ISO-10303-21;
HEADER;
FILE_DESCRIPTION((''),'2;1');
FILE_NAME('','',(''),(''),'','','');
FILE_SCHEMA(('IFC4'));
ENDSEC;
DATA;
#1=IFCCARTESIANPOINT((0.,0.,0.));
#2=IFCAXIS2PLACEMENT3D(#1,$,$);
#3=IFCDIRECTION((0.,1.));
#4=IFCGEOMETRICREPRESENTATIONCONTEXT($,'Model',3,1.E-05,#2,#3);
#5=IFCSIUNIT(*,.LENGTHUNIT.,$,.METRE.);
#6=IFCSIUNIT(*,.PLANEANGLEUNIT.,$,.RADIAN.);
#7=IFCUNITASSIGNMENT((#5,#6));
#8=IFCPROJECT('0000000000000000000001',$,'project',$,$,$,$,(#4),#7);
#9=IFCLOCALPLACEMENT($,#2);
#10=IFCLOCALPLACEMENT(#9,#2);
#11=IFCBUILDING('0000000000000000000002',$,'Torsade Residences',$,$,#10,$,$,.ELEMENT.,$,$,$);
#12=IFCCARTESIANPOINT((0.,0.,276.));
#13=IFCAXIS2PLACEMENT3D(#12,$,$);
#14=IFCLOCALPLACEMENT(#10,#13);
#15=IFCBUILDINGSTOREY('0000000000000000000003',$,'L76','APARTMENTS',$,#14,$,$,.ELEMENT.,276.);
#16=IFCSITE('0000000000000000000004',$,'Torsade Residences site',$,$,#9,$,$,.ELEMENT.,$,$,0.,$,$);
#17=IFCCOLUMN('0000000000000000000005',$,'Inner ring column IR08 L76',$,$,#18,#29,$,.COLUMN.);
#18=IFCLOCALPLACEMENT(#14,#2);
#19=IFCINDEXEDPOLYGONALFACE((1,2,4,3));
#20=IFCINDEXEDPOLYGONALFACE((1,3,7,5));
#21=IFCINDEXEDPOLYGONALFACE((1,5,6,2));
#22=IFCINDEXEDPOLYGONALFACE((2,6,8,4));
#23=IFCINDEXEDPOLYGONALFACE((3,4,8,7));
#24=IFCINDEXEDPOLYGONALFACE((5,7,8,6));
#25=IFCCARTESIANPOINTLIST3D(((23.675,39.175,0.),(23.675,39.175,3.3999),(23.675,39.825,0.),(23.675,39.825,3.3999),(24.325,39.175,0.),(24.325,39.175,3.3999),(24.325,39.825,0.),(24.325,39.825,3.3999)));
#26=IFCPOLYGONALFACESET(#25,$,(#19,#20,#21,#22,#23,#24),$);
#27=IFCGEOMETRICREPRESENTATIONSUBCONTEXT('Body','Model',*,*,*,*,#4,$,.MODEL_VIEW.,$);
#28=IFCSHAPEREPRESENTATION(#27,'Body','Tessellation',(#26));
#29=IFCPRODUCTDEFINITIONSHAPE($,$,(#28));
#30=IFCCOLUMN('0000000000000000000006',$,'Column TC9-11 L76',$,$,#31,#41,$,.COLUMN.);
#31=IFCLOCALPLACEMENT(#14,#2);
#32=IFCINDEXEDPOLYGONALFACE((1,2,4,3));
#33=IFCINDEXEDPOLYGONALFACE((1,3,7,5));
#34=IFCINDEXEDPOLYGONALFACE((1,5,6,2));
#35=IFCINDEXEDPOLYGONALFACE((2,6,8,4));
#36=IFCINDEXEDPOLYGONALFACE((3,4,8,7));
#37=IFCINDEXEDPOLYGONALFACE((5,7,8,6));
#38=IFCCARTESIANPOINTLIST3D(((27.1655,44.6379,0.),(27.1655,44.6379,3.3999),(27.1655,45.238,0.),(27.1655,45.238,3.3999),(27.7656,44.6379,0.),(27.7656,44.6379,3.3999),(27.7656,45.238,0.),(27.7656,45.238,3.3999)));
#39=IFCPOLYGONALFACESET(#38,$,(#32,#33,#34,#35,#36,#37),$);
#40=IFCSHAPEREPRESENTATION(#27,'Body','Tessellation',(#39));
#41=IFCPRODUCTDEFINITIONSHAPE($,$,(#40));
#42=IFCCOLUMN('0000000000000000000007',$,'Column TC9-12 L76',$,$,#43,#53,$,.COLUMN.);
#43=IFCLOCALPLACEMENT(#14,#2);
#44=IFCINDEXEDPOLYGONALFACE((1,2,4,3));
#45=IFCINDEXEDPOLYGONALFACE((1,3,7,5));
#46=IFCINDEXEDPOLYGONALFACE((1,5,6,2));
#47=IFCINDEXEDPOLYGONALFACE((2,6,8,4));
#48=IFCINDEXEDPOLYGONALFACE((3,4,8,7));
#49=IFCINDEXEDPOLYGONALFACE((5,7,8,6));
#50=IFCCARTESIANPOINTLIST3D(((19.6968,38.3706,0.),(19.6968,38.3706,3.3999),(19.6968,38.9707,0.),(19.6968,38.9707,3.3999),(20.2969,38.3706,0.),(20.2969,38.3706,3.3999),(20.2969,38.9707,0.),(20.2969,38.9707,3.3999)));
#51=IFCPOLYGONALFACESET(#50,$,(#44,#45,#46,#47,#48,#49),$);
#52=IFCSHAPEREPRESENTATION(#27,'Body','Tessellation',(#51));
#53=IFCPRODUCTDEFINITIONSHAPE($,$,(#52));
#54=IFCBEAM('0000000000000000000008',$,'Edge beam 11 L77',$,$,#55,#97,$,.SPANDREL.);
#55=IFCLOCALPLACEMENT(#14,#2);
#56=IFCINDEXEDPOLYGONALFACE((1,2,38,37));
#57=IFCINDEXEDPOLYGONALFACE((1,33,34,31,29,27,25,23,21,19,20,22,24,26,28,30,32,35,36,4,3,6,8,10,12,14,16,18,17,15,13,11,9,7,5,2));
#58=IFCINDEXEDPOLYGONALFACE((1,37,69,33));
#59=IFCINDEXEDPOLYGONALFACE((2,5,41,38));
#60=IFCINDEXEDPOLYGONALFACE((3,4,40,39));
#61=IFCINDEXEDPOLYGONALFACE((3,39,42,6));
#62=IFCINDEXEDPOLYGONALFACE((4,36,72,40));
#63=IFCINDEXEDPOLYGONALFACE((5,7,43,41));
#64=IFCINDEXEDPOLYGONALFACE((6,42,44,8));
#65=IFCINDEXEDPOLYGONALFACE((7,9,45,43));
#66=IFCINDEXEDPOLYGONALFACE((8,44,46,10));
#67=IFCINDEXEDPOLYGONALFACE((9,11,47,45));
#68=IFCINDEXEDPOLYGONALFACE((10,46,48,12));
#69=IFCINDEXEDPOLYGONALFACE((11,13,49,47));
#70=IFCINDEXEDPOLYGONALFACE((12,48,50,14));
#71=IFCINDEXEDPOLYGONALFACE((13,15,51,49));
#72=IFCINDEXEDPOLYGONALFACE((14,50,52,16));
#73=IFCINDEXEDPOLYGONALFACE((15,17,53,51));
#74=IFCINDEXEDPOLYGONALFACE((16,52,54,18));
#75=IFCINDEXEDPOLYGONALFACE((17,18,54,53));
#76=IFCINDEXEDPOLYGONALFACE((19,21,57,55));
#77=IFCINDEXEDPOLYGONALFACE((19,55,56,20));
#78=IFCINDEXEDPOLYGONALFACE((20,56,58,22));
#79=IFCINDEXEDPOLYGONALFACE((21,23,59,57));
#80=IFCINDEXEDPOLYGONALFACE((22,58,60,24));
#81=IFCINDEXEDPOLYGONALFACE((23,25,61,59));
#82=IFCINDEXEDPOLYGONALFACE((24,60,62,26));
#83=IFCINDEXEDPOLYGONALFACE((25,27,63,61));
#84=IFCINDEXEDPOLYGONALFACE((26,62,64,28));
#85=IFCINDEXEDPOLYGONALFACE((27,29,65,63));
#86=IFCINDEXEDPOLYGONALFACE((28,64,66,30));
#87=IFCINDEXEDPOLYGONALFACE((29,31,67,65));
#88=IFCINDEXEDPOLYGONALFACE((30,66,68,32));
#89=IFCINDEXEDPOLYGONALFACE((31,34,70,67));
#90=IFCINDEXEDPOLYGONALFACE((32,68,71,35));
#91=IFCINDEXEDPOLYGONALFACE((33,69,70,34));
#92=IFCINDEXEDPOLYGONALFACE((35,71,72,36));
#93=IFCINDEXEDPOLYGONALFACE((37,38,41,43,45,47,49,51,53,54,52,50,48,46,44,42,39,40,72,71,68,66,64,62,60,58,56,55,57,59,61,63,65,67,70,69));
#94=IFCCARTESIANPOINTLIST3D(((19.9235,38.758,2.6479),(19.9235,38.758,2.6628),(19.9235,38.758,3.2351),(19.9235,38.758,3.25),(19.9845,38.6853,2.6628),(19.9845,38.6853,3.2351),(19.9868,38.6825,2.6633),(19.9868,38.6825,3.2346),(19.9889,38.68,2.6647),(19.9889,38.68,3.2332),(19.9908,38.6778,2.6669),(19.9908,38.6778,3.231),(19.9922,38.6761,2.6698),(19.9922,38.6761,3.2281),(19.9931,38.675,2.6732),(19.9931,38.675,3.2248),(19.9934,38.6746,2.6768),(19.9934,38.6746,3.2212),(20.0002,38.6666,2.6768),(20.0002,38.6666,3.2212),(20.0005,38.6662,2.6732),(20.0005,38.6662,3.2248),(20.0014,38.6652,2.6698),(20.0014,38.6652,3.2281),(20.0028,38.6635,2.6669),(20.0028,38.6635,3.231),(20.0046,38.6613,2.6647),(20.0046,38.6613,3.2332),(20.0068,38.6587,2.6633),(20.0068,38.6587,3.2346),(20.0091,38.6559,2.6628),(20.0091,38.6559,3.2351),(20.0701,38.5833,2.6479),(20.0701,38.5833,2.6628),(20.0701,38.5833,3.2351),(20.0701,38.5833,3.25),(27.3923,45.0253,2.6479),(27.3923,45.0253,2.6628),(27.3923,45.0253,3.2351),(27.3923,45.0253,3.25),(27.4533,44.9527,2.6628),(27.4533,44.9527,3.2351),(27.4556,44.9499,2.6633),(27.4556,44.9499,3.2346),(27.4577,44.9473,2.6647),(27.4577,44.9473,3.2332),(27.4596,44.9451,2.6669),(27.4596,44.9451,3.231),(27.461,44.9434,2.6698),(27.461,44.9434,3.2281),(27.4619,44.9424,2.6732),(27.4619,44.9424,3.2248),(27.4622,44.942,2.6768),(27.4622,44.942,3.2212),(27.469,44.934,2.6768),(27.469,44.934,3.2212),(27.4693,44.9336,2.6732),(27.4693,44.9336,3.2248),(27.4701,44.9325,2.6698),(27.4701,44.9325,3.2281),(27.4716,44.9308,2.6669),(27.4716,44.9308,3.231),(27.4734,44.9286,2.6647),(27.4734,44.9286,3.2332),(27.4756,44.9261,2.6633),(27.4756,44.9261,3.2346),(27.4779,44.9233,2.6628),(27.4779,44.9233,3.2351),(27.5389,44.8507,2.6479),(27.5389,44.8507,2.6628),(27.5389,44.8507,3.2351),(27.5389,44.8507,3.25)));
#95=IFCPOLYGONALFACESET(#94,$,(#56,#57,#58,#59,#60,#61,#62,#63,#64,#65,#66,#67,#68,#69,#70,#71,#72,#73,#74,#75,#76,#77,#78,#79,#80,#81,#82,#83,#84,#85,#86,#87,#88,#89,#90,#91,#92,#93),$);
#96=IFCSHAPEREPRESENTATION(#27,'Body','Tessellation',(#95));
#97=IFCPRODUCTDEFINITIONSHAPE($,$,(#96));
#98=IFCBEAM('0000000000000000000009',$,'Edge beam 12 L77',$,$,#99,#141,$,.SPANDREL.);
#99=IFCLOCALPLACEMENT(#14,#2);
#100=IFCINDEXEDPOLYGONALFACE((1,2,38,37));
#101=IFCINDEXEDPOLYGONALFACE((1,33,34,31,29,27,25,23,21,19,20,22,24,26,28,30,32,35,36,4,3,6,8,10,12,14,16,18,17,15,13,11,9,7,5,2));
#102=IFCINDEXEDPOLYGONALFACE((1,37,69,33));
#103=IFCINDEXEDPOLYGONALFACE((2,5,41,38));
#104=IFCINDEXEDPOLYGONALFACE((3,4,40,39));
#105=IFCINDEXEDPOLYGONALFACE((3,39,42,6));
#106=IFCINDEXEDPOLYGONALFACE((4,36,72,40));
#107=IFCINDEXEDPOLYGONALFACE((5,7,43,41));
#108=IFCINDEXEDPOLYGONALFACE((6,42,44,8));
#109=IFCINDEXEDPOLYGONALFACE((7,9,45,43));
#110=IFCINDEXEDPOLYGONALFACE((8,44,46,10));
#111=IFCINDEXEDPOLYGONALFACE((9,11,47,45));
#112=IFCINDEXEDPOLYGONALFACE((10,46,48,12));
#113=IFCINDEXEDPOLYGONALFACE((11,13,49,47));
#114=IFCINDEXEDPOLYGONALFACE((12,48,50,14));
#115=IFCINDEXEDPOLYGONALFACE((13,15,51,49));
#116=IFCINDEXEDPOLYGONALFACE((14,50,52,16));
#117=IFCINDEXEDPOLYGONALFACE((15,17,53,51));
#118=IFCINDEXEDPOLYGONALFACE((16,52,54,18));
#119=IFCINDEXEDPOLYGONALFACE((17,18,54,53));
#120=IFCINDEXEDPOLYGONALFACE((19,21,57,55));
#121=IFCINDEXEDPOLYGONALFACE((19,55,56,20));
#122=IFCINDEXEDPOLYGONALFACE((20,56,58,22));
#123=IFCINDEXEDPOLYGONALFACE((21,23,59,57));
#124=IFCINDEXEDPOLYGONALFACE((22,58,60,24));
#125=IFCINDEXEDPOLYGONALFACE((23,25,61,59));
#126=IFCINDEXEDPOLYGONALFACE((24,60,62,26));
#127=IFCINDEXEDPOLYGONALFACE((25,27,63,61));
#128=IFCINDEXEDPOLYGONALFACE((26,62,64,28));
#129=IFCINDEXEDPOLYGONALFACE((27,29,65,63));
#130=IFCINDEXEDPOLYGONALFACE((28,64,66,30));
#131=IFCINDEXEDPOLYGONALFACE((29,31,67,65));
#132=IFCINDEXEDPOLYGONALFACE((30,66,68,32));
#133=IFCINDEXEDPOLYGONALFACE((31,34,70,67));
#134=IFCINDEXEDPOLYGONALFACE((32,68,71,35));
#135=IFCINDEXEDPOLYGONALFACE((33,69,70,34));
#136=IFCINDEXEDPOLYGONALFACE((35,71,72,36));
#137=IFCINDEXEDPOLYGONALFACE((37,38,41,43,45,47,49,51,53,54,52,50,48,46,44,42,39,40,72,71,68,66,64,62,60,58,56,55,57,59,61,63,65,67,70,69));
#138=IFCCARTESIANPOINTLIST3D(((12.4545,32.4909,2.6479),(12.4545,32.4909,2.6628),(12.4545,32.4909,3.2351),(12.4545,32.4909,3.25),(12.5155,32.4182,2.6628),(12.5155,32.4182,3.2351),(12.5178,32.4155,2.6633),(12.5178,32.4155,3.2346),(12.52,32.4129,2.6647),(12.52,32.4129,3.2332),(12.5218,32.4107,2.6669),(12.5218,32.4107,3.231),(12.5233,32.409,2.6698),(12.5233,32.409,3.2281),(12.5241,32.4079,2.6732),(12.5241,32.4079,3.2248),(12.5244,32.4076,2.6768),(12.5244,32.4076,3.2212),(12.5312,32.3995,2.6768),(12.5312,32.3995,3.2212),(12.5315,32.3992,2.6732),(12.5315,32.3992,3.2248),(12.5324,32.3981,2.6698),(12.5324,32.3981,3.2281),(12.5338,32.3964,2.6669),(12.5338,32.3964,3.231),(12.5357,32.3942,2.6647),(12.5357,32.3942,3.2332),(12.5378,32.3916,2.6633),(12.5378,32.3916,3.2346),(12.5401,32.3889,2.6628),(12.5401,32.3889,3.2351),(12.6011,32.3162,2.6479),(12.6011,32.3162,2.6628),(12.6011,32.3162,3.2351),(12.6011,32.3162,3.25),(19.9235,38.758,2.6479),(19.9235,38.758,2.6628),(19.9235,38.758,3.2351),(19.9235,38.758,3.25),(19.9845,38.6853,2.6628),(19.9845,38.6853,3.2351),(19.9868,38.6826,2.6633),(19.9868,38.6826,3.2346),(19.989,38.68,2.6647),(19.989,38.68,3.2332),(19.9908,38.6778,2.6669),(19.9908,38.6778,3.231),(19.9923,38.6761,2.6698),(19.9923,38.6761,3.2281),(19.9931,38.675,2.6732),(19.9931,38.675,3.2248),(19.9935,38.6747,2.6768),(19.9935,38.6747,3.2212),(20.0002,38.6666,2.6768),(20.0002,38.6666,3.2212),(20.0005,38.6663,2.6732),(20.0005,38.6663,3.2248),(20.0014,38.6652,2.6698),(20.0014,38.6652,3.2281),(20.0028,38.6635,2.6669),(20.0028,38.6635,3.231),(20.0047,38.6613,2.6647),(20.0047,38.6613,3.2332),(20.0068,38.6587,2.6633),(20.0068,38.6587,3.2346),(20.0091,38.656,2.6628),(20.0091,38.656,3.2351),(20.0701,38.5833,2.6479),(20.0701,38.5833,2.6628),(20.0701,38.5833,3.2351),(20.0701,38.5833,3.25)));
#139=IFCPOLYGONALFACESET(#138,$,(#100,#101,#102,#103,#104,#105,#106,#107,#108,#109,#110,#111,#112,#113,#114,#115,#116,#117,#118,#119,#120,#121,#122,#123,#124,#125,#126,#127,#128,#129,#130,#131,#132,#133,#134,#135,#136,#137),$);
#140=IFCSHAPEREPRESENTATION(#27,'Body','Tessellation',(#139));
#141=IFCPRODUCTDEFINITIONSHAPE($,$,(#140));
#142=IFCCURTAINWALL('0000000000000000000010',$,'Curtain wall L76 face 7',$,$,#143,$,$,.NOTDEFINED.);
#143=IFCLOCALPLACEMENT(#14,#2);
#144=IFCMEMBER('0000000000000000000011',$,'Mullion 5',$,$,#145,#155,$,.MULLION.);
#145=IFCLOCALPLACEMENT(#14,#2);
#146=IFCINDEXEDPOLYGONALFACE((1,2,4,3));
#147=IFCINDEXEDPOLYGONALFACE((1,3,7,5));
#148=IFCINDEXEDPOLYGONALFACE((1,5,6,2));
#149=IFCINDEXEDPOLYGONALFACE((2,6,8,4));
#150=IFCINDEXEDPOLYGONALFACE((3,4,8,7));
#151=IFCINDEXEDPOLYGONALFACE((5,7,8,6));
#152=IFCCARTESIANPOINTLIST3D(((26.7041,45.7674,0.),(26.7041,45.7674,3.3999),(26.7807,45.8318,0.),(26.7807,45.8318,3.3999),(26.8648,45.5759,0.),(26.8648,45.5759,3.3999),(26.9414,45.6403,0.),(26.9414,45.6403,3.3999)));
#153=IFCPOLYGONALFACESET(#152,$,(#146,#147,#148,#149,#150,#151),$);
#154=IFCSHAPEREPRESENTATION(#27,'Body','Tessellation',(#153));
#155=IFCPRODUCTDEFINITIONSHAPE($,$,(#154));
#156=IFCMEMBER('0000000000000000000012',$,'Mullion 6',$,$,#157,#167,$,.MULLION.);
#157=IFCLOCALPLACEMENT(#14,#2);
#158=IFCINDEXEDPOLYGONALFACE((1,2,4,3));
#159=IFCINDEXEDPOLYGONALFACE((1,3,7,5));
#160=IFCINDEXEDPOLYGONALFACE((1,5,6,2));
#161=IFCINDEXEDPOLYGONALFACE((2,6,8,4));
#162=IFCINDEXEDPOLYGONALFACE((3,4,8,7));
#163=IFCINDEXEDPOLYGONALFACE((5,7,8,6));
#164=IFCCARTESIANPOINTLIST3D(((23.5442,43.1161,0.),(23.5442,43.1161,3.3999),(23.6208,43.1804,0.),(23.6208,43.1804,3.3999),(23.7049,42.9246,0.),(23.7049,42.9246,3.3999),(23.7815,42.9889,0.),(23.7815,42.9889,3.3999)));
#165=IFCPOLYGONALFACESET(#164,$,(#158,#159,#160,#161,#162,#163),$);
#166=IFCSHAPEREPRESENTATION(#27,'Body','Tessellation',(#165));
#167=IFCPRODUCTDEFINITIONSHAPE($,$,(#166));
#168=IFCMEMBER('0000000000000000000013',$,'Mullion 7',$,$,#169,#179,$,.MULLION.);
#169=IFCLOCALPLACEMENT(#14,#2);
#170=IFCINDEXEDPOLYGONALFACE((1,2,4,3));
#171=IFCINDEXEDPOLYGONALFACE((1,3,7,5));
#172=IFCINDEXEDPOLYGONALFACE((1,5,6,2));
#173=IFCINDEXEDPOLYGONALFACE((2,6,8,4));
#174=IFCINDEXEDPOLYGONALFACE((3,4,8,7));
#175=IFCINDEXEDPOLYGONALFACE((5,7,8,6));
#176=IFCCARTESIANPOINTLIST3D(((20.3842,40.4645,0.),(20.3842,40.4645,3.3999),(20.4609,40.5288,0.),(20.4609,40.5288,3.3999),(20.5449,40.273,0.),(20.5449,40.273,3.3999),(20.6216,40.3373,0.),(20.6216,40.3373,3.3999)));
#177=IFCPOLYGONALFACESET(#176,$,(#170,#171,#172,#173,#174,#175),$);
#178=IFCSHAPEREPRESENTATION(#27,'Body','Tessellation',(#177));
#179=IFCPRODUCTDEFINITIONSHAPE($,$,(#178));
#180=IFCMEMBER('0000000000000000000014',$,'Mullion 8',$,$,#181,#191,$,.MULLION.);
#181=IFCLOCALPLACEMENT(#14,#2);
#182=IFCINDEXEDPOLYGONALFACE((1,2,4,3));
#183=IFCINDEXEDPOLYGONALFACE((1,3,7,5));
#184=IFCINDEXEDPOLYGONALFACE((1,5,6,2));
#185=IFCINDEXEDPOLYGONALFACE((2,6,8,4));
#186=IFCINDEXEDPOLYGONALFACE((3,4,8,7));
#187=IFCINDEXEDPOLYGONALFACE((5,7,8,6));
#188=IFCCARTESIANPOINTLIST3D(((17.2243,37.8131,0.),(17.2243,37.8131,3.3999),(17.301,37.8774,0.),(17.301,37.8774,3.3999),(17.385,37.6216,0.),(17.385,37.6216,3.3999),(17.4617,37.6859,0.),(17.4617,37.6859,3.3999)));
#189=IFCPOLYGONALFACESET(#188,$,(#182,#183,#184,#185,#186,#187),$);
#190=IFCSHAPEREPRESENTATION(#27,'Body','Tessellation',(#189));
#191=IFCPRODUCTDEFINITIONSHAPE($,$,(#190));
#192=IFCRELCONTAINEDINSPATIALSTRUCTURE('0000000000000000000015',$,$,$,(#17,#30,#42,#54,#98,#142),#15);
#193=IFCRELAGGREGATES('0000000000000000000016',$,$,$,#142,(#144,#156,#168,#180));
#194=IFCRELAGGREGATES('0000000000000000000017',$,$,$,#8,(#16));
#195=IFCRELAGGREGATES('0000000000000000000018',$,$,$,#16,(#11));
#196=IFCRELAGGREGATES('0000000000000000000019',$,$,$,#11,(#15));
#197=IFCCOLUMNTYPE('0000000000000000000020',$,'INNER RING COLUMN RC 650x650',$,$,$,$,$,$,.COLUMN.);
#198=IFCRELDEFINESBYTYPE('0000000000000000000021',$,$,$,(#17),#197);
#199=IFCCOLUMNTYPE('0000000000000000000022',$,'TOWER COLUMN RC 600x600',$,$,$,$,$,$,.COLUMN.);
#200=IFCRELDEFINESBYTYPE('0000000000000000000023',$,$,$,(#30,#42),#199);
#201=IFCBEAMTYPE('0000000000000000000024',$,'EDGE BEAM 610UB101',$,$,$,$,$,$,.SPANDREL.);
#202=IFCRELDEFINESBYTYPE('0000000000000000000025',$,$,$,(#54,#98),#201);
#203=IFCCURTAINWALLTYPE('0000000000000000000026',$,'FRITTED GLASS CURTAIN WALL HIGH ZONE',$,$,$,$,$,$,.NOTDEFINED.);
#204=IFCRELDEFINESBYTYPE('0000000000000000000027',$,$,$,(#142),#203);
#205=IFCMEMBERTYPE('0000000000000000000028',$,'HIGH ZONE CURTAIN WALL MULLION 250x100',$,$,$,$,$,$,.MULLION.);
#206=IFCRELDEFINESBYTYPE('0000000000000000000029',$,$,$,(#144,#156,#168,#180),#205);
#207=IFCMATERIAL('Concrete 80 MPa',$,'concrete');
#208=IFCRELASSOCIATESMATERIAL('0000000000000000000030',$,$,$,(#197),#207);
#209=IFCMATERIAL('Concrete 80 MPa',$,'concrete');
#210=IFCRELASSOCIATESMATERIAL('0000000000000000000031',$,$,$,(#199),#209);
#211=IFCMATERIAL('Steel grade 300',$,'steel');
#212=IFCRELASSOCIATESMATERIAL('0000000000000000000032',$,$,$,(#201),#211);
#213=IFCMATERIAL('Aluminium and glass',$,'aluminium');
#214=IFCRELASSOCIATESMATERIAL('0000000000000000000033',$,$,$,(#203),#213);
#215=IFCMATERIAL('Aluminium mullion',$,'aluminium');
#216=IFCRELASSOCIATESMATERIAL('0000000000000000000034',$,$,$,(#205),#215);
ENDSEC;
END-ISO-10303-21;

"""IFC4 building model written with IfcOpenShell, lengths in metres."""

from ifc_helpers import new_model, si_unit, direction, frame, origin, origin_2d, place, context, subcontext, project, spatial, rectangle, i_section, extrude, material, material_profile, profile_set, type_object, element, aggregate, save


model = new_model("IFC4")

# Units and contexts
model_context = context("Model", 3, precision=1e-05, world=origin(), true_north=direction((0.0, 1.0)))
body_context = subcontext(model_context, "Body", "Model", "MODEL_VIEW")
ifc_project = project(units=[si_unit("LENGTHUNIT", "METRE"), si_unit("PLANEANGLEUNIT", "RADIAN")], contexts=[model_context])

# Site, building, storey
site_placement = place(None, origin())
site = spatial("IfcSite", under=ifc_project, at=site_placement, Name="Torsade Residences site", CompositionType="ELEMENT", RefElevation=0.0)
building_placement = place(site_placement, origin())
building = spatial("IfcBuilding", under=site, at=building_placement, Name="Torsade Residences", CompositionType="ELEMENT")
storey_placement = place(building_placement, frame((0.0, 0.0, 276.0)))
storey = spatial("IfcBuildingStorey", under=building, at=storey_placement, Name="L76", Description="APARTMENTS", CompositionType="ELEMENT", Elevation=276.0)

# Columns
ifc_material_1 = material(Name="Concrete 80 MPa", Category="concrete")
ifc_material_profile_1 = material_profile(ifc_material_1, rectangle(XDim=0.6499, YDim=0.6499, at=origin_2d()), Name="RC 650x650")
ifc_profile_set_1 = profile_set([ifc_material_profile_1], Name="Concrete 80 MPa")
column_type_1 = type_object("IfcColumnType", Name="INNER RING COLUMN RC 650x650", PredefinedType="COLUMN", material=ifc_profile_set_1)
column_placement = place(storey_placement, frame((24.0, 39.5, 0.0), z_axis=(0.0, 0.0, 1.0), x_axis=(1.0, 0.0, 0.0)))
element("IfcColumn", 1, at=column_placement, inside=storey, type_object=column_type_1, Name="Inner ring column IR08 L76", PredefinedType="COLUMN", context=body_context, shape_type="SweptSolid", body=[
    extrude(rectangle(XDim=0.6499, YDim=0.6499, at=origin_2d()), origin(), (0.0, 0.0, 1.0), 3.3999),
])
ifc_material_2 = material(Name="Concrete 80 MPa", Category="concrete")
ifc_material_profile_2 = material_profile(ifc_material_2, rectangle(XDim=0.6001, YDim=0.6001, at=origin_2d()), Name="RC 600x600")
ifc_profile_set_2 = profile_set([ifc_material_profile_2], Name="Concrete 80 MPa")
column_type_2 = type_object("IfcColumnType", Name="TOWER COLUMN RC 600x600", PredefinedType="COLUMN", material=ifc_profile_set_2)
for number, where, z_axis, x_axis, name in (
    (2, (27.4656, 44.938, 0.0), (0.0, 0.0, 1.0), (1.0, 0.0, 0.0), "Column TC9-11 L76"),
    (3, (19.9968, 38.6707, 0.0), (0.0, 0.0, 1.0), (1.0, 0.0, 0.0), "Column TC9-12 L76"),
):
    element("IfcColumn", number, at=place(storey_placement, frame(where, z_axis=z_axis, x_axis=x_axis)), inside=storey, type_object=column_type_2, Name=name, PredefinedType="COLUMN", context=body_context, shape_type="SweptSolid", body=[
        extrude(rectangle(XDim=0.6001, YDim=0.6001, at=origin_2d()), origin(), (0.0, 0.0, 1.0), 3.3999),
    ])

# Beams
ifc_material_3 = material(Name="Steel grade 300", Category="steel")
ifc_material_profile_3 = material_profile(ifc_material_3, i_section(OverallWidth=0.228, OverallDepth=0.6021, WebThickness=0.0105, FlangeThickness=0.0149, FilletRadius=0.0139, at=origin_2d()), Name="610UB101")
ifc_profile_set_3 = profile_set([ifc_material_profile_3], Name="Steel grade 300")
beam_type_1 = type_object("IfcBeamType", Name="EDGE BEAM 610UB101", PredefinedType="SPANDREL", material=ifc_profile_set_3)
for number, where, z_axis, x_axis, name in (
    (4, (27.4656, 44.938, 2.949), (-0.766029, -0.642806, 0.0), (0.642806, -0.766029, 0.0), "Edge beam 11 L77"),
    (5, (19.9968, 38.6707, 2.949), (-0.766052, -0.642779, 0.0), (0.642779, -0.766052, 0.0), "Edge beam 12 L77"),
):
    element("IfcBeam", number, at=place(storey_placement, frame(where, z_axis=z_axis, x_axis=x_axis)), inside=storey, type_object=beam_type_1, Name=name, PredefinedType="SPANDREL", context=body_context, shape_type="SweptSolid", body=[
        extrude(i_section(OverallWidth=0.228, OverallDepth=0.6021, WebThickness=0.0105, FlangeThickness=0.0149, FilletRadius=0.0139, at=origin_2d()), origin(), (0.0, 0.0, 1.0), 9.75),
    ])

# Curtain wall, members
ifc_material_4 = material(Name="Aluminium and glass", Category="aluminium")
curtain_wall_type = type_object("IfcCurtainWallType", Name="FRITTED GLASS CURTAIN WALL HIGH ZONE", PredefinedType="NOTDEFINED", material=ifc_material_4)
curtain_wall_placement = place(storey_placement, origin())
curtain_wall = element("IfcCurtainWall", 6, at=curtain_wall_placement, inside=storey, type_object=curtain_wall_type, Name="Curtain wall L76 face 7", PredefinedType="NOTDEFINED")
ifc_material_5 = material(Name="Aluminium mullion", Category="aluminium")
ifc_material_profile_4 = material_profile(ifc_material_5, rectangle(XDim=0.25, YDim=0.1001, at=origin_2d()), Name="HIGH ZONE CURTAIN WALL MULLION 250x100")
ifc_profile_set_4 = profile_set([ifc_material_profile_4], Name="Aluminium mullion")
member_type_1 = type_object("IfcMemberType", Name="HIGH ZONE CURTAIN WALL MULLION 250x100", PredefinedType="MULLION", material=ifc_profile_set_4)
member_1_placement = place(storey_placement, frame((26.8228, 45.7039, 0.0), z_axis=(0.0, 0.0, 1.0), x_axis=(0.642788, -0.766044, 0.0)))
member_1 = element("IfcMember", 7, at=member_1_placement, type_object=member_type_1, Name="Mullion 5", PredefinedType="MULLION", context=body_context, shape_type="SweptSolid", body=[
    extrude(rectangle(XDim=0.25, YDim=0.1001, at=origin_2d()), origin(), (0.0, 0.0, 1.0), 3.3999),
])
member_2_placement = place(storey_placement, frame((23.6628, 43.0525, 0.0), z_axis=(0.0, 0.0, 1.0), x_axis=(0.642788, -0.766044, 0.0)))
member_2 = element("IfcMember", 8, at=member_2_placement, type_object=member_type_1, Name="Mullion 6", PredefinedType="MULLION", context=body_context, shape_type="SweptSolid", body=[
    extrude(rectangle(XDim=0.25, YDim=0.1001, at=origin_2d()), origin(), (0.0, 0.0, 1.0), 3.3999),
])
member_3_placement = place(storey_placement, frame((20.5029, 40.4009, 0.0), z_axis=(0.0, 0.0, 1.0), x_axis=(0.642788, -0.766044, 0.0)))
member_3 = element("IfcMember", 9, at=member_3_placement, type_object=member_type_1, Name="Mullion 7", PredefinedType="MULLION", context=body_context, shape_type="SweptSolid", body=[
    extrude(rectangle(XDim=0.25, YDim=0.1001, at=origin_2d()), origin(), (0.0, 0.0, 1.0), 3.3999),
])
member_4_placement = place(storey_placement, frame((17.343, 37.7495, 0.0), z_axis=(0.0, 0.0, 1.0), x_axis=(0.642788, -0.766044, 0.0)))
member_4 = element("IfcMember", 10, at=member_4_placement, type_object=member_type_1, Name="Mullion 8", PredefinedType="MULLION", context=body_context, shape_type="SweptSolid", body=[
    extrude(rectangle(XDim=0.25, YDim=0.1001, at=origin_2d()), origin(), (0.0, 0.0, 1.0), 3.3999),
])

aggregate(curtain_wall, [member_1, member_2, member_3, member_4])

save(model, "model.ifc")
